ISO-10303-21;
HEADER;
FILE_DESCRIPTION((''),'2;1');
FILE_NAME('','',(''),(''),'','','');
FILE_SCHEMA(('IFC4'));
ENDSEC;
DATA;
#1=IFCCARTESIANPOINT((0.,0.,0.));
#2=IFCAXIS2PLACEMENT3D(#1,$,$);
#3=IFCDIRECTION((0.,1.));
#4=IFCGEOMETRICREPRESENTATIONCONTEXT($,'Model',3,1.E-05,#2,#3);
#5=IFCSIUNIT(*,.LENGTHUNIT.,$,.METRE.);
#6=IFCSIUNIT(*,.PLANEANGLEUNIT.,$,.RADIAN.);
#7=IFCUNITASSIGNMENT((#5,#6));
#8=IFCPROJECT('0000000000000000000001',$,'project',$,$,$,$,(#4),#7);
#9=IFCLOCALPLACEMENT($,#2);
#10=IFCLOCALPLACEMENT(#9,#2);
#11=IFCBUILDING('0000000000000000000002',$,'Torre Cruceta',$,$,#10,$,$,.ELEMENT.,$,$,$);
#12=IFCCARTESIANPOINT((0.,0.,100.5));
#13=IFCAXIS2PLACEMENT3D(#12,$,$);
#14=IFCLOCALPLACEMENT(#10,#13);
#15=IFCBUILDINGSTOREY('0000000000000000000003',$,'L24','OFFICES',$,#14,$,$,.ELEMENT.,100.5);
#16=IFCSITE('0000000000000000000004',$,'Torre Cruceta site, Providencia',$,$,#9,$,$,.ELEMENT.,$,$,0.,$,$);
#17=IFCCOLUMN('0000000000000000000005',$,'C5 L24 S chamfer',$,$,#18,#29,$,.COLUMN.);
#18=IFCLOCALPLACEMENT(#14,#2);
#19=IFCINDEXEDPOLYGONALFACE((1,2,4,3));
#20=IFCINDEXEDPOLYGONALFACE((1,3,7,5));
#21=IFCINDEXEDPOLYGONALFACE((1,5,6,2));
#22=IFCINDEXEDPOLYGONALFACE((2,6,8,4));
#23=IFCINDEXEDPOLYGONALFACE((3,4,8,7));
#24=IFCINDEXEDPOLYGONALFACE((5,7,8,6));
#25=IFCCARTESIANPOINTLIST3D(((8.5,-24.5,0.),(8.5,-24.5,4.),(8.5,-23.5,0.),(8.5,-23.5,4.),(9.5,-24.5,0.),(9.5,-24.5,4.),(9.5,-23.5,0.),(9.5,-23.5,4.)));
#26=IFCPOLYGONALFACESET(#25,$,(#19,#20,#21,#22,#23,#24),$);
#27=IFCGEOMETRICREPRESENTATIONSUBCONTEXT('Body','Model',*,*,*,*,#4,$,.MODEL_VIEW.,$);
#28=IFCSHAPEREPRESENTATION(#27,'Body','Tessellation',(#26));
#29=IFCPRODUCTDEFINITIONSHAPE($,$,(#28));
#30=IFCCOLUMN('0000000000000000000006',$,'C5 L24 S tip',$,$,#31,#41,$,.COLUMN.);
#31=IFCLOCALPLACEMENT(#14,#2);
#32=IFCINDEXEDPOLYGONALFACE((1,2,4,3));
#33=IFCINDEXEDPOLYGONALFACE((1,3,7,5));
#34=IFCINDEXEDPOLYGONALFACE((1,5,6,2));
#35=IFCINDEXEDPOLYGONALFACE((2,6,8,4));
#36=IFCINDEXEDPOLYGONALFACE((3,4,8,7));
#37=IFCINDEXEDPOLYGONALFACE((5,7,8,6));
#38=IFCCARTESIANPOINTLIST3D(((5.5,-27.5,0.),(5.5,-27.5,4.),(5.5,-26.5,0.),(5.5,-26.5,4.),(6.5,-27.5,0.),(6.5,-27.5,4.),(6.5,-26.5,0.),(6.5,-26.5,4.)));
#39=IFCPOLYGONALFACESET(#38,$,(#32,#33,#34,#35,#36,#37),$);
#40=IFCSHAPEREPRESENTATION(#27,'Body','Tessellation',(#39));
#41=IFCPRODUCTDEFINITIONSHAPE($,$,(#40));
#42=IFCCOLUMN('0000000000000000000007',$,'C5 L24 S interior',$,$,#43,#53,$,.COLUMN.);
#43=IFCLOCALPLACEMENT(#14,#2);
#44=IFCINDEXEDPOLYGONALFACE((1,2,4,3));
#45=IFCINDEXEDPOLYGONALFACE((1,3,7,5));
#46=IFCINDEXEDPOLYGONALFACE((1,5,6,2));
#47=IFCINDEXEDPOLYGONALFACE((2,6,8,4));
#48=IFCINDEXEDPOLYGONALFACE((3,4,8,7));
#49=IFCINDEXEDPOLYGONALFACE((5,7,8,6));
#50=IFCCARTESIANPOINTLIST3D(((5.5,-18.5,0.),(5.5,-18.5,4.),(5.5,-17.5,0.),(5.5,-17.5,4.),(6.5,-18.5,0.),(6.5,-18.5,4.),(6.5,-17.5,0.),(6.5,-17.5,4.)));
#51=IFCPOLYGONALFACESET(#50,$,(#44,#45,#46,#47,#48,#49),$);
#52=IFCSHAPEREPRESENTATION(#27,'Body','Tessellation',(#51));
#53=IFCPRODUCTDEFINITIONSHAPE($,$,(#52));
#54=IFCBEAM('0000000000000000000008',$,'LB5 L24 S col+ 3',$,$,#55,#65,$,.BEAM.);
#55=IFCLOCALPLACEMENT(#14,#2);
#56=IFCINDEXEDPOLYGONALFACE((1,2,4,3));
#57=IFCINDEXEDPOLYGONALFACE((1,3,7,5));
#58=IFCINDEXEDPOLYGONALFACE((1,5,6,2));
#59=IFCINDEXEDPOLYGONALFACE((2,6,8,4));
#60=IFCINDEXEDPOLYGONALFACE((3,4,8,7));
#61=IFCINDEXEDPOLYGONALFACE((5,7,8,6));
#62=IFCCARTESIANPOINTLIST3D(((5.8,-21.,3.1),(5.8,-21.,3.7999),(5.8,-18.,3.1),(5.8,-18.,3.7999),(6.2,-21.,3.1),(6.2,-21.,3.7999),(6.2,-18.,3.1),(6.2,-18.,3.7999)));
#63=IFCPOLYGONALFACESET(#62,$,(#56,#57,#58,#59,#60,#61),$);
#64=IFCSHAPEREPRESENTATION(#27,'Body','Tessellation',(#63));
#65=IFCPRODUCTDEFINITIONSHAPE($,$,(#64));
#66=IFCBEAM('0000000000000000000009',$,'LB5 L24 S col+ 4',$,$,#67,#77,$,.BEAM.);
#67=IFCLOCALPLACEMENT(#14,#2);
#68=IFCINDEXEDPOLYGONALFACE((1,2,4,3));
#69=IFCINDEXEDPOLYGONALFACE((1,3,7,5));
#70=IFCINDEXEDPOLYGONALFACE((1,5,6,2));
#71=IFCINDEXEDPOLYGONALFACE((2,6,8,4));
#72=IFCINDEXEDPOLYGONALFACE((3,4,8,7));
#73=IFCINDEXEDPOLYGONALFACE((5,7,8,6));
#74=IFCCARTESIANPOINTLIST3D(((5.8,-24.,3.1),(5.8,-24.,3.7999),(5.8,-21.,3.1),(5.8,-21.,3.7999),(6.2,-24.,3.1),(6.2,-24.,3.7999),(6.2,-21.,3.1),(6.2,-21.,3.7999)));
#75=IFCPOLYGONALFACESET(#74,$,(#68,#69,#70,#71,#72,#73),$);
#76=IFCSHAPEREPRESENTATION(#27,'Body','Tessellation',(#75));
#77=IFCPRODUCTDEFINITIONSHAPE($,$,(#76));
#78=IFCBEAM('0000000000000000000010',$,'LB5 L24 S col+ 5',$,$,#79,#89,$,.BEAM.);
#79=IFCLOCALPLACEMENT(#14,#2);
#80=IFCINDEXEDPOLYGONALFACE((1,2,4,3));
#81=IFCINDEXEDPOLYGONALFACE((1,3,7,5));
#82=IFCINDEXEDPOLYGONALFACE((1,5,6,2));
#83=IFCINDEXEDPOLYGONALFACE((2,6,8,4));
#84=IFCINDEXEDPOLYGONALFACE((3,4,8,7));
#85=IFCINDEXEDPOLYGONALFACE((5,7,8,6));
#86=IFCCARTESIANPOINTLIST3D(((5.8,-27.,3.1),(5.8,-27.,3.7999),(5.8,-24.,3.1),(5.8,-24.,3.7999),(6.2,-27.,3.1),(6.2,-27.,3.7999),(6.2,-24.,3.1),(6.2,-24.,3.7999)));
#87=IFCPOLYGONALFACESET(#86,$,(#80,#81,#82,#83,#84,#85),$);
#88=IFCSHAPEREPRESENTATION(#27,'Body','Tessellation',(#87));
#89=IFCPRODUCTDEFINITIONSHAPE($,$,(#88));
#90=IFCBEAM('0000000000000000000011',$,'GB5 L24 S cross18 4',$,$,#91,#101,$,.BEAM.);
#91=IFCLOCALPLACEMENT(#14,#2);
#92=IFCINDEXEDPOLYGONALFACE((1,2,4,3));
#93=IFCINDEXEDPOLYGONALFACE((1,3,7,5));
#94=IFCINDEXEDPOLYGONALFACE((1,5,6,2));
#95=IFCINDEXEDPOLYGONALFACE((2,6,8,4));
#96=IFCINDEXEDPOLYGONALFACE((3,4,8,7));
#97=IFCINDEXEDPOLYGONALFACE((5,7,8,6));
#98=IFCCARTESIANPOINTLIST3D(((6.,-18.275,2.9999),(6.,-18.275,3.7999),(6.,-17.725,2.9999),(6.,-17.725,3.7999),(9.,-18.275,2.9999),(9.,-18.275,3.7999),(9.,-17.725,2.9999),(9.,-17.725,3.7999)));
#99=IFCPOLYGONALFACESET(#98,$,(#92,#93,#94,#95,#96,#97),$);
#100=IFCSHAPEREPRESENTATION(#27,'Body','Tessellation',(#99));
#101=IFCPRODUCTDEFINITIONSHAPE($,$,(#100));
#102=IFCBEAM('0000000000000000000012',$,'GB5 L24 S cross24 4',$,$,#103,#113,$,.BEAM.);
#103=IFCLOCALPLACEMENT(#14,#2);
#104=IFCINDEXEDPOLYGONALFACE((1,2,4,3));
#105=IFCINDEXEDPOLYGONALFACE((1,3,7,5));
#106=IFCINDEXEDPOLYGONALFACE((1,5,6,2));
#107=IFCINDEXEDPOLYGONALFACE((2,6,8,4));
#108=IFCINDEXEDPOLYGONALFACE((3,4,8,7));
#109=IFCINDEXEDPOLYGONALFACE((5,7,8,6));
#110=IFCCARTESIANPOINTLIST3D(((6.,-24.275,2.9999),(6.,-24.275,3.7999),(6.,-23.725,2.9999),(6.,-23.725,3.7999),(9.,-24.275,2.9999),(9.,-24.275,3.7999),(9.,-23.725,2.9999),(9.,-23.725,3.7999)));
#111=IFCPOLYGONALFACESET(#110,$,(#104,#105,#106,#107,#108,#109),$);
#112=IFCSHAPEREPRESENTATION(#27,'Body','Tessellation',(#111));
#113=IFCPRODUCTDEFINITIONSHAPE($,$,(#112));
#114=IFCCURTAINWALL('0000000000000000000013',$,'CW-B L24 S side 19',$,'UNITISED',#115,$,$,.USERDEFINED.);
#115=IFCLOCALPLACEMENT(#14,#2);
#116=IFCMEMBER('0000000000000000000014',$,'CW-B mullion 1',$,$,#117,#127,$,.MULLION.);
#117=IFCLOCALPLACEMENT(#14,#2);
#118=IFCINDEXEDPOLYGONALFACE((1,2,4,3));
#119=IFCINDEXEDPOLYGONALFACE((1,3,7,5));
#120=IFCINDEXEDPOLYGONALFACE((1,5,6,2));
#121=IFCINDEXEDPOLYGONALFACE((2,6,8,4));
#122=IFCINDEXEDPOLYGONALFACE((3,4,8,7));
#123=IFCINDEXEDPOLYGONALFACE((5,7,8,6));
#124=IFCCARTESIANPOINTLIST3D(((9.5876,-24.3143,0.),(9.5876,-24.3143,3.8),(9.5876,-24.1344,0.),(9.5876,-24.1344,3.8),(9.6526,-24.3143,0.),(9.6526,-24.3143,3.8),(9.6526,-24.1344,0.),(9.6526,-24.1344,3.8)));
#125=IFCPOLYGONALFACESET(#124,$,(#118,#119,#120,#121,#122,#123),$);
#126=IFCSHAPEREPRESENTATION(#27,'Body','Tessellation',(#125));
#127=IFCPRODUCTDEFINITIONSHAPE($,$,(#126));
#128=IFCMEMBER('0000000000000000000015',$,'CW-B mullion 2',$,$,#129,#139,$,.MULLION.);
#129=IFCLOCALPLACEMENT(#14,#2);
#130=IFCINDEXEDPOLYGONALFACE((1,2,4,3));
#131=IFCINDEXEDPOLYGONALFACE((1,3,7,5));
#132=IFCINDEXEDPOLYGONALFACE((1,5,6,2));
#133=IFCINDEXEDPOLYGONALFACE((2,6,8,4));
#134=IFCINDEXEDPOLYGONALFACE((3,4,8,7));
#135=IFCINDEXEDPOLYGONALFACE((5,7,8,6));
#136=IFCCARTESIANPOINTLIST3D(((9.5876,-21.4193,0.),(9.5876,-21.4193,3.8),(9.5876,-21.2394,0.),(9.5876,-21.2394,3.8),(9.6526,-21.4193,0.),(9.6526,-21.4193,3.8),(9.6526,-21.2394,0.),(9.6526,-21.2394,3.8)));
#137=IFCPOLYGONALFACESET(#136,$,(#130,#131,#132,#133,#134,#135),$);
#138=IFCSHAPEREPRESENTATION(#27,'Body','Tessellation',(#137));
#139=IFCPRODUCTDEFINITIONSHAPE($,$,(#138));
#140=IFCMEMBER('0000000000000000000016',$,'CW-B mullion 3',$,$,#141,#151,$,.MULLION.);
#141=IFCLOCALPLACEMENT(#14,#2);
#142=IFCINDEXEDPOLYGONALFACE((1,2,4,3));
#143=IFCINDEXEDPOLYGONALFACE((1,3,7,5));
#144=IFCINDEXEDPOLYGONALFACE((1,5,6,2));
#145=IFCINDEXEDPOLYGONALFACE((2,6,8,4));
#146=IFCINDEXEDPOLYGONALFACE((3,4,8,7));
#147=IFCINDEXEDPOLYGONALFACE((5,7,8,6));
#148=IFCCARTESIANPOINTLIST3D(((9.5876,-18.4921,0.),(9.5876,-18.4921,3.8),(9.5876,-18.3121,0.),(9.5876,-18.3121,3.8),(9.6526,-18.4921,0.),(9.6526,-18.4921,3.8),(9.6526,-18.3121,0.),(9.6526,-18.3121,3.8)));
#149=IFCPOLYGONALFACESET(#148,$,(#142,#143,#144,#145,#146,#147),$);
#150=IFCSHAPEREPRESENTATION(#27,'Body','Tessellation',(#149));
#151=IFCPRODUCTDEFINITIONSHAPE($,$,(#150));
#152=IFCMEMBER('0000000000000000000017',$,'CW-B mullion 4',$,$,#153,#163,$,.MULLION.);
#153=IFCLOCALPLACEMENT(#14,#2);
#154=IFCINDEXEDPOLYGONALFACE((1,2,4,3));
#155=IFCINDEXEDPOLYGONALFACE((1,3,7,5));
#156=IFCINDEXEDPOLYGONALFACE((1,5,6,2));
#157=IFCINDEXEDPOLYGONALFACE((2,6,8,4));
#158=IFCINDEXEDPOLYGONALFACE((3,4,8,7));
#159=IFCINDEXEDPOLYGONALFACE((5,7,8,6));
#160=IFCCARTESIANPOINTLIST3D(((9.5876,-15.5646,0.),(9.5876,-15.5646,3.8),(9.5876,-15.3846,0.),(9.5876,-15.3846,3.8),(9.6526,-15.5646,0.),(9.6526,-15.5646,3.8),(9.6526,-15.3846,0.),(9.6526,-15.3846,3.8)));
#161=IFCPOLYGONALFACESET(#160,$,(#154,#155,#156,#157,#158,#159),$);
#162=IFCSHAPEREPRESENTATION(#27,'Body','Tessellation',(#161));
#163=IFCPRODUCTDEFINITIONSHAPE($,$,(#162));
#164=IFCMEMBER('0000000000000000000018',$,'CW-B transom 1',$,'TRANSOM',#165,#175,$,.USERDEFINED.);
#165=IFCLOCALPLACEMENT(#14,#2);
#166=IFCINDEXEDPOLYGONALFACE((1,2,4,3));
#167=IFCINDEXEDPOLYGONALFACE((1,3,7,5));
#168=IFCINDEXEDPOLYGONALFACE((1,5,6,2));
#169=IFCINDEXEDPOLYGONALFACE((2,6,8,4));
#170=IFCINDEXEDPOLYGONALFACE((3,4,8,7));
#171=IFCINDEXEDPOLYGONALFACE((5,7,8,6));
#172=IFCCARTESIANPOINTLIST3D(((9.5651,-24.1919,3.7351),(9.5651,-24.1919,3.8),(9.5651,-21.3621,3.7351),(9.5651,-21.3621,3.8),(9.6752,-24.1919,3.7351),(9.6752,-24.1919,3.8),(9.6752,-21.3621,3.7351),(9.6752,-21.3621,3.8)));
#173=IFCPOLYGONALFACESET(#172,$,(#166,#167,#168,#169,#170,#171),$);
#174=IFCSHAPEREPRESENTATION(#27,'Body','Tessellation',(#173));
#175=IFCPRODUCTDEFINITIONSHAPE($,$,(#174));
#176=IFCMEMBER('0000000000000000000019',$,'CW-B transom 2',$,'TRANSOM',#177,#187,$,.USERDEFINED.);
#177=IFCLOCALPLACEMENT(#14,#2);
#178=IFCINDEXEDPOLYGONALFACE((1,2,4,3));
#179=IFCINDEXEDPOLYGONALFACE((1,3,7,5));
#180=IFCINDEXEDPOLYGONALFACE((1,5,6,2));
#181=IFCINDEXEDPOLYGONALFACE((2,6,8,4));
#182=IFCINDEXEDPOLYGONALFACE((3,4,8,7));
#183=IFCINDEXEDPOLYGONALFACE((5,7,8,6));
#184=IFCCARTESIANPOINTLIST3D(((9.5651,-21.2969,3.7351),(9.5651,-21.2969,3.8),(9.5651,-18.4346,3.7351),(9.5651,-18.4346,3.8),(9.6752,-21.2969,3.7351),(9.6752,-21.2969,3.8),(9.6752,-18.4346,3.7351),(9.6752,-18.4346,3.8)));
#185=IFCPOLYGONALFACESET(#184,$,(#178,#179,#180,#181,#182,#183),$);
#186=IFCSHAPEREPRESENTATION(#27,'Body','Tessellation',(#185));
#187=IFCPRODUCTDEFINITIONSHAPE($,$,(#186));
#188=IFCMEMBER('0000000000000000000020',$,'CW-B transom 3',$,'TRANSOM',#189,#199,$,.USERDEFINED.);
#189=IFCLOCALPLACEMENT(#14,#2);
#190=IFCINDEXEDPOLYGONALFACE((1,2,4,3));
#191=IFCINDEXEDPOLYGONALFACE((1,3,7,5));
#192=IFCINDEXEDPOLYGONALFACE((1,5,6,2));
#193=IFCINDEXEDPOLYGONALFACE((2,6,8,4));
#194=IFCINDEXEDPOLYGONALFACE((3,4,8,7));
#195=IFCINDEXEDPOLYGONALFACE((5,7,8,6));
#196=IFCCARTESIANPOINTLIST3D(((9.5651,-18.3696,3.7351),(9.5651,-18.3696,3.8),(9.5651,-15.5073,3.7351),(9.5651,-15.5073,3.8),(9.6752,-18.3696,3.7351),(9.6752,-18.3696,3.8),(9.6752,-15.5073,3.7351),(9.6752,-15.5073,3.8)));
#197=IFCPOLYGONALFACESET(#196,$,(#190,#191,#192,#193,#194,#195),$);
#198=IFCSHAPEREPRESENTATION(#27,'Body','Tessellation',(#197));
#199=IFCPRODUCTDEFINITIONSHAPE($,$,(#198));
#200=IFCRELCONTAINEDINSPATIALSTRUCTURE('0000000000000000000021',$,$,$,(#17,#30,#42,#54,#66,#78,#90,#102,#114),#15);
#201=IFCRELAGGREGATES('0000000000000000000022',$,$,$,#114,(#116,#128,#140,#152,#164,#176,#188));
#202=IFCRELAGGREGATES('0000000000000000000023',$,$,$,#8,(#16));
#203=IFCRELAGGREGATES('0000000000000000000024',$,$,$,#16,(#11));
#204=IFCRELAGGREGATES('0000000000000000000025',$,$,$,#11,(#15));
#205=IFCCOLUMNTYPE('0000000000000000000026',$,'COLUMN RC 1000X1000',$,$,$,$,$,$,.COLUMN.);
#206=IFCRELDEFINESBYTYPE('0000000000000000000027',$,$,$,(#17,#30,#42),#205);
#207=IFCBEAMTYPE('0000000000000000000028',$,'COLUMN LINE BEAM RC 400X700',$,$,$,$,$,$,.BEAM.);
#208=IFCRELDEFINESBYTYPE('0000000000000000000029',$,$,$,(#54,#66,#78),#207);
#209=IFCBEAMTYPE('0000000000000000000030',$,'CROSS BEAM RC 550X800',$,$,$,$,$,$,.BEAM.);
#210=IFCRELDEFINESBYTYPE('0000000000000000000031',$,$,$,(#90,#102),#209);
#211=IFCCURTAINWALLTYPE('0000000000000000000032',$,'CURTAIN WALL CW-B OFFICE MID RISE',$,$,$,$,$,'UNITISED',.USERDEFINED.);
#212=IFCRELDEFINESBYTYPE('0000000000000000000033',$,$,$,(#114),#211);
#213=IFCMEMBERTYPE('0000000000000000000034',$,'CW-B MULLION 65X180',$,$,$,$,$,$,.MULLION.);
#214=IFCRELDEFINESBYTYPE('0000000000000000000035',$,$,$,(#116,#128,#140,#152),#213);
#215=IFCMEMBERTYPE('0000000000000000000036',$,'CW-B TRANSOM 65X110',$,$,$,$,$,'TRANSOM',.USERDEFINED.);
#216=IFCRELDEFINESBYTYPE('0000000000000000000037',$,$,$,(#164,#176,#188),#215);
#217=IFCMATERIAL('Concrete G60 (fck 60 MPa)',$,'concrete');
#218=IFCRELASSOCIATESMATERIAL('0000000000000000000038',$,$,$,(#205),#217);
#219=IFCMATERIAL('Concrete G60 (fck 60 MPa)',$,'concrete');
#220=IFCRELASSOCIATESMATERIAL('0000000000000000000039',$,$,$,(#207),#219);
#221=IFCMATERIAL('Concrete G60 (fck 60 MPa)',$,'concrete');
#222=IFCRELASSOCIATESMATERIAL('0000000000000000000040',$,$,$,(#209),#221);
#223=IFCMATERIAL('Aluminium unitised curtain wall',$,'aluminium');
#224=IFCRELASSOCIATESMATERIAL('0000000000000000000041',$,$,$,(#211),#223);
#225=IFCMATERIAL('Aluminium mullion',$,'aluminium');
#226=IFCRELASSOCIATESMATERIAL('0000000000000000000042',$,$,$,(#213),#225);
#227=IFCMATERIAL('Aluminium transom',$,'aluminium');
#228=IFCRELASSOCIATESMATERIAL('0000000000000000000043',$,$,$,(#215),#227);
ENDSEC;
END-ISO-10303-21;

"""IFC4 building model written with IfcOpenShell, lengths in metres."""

from ifc_helpers import new_model, si_unit, direction, frame, origin, origin_2d, place, context, subcontext, project, spatial, rectangle, extrude, material, material_profile, profile_set, type_object, element, aggregate, save


model = new_model("IFC4")

# Units and contexts
model_context = context("Model", 3, precision=1e-05, world=origin(), true_north=direction((0.0, 1.0)))
body_context = subcontext(model_context, "Body", "Model", "MODEL_VIEW")
ifc_project = project(units=[si_unit("LENGTHUNIT", "METRE"), si_unit("PLANEANGLEUNIT", "RADIAN")], contexts=[model_context])

# Site, building, storey
site_placement = place(None, origin())
site = spatial("IfcSite", under=ifc_project, at=site_placement, Name="Torre Cruceta site, Providencia", CompositionType="ELEMENT", RefElevation=0.0)
building_placement = place(site_placement, origin())
building = spatial("IfcBuilding", under=site, at=building_placement, Name="Torre Cruceta", CompositionType="ELEMENT")
storey_placement = place(building_placement, frame((0.0, 0.0, 100.5)))
storey = spatial("IfcBuildingStorey", under=building, at=storey_placement, Name="L24", Description="OFFICES", CompositionType="ELEMENT", Elevation=100.5)

# Columns
ifc_material_1 = material(Name="Concrete G60 (fck 60 MPa)", Category="concrete")
ifc_material_profile_1 = material_profile(ifc_material_1, rectangle(XDim=1.0, YDim=1.0, at=origin_2d()), Name="RC 1000X1000")
ifc_profile_set_1 = profile_set([ifc_material_profile_1], Name="Concrete G60 (fck 60 MPa)")
column_type = type_object("IfcColumnType", Name="COLUMN RC 1000X1000", PredefinedType="COLUMN", material=ifc_profile_set_1)
for number, where, z_axis, x_axis, name in (
    (1, (9.0, -24.0, 0.0), (0.0, 0.0, 1.0), (1.0, 0.0, 0.0), "C5 L24 S chamfer"),
    (2, (6.0, -27.0, 0.0), (0.0, 0.0, 1.0), (1.0, 0.0, 0.0), "C5 L24 S tip"),
    (3, (6.0, -18.0, 0.0), (0.0, 0.0, 1.0), (1.0, 0.0, 0.0), "C5 L24 S interior"),
):
    element("IfcColumn", number, at=place(storey_placement, frame(where, z_axis=z_axis, x_axis=x_axis)), inside=storey, type_object=column_type, Name=name, PredefinedType="COLUMN", context=body_context, shape_type="SweptSolid", body=[
        extrude(rectangle(XDim=1.0, YDim=1.0, at=origin_2d()), origin(), (0.0, 0.0, 1.0), 4.0),
    ])

# Beams
ifc_material_2 = material(Name="Concrete G60 (fck 60 MPa)", Category="concrete")
ifc_material_profile_2 = material_profile(ifc_material_2, rectangle(XDim=0.3999, YDim=0.7, at=origin_2d()), Name="RC 400X700")
ifc_profile_set_2 = profile_set([ifc_material_profile_2], Name="Concrete G60 (fck 60 MPa)")
beam_type_1 = type_object("IfcBeamType", Name="COLUMN LINE BEAM RC 400X700", PredefinedType="BEAM", material=ifc_profile_set_2)
for number, where, z_axis, x_axis, name in (
    (4, (6.0, -18.0, 3.45), (0.0, -1.0, 0.0), (1.0, 0.0, 0.0), "LB5 L24 S col+ 3"),
    (5, (6.0, -21.0, 3.45), (0.0, -1.0, 0.0), (1.0, 0.0, 0.0), "LB5 L24 S col+ 4"),
    (6, (6.0, -24.0, 3.45), (0.0, -1.0, 0.0), (1.0, 0.0, 0.0), "LB5 L24 S col+ 5"),
):
    element("IfcBeam", number, at=place(storey_placement, frame(where, z_axis=z_axis, x_axis=x_axis)), inside=storey, type_object=beam_type_1, Name=name, PredefinedType="BEAM", context=body_context, shape_type="SweptSolid", body=[
        extrude(rectangle(XDim=0.3999, YDim=0.7, at=origin_2d()), origin(), (0.0, 0.0, 1.0), 3.0),
    ])
ifc_material_3 = material(Name="Concrete G60 (fck 60 MPa)", Category="concrete")
ifc_material_profile_3 = material_profile(ifc_material_3, rectangle(XDim=0.55, YDim=0.8, at=origin_2d()), Name="RC 550X800")
ifc_profile_set_3 = profile_set([ifc_material_profile_3], Name="Concrete G60 (fck 60 MPa)")
beam_type_2 = type_object("IfcBeamType", Name="CROSS BEAM RC 550X800", PredefinedType="BEAM", material=ifc_profile_set_3)
for number, where, z_axis, x_axis, name in (
    (7, (6.0, -18.0, 3.3999), (1.0, 0.0, 0.0), (0.0, 1.0, 0.0), "GB5 L24 S cross18 4"),
    (8, (6.0, -24.0, 3.3999), (1.0, 0.0, 0.0), (0.0, 1.0, 0.0), "GB5 L24 S cross24 4"),
):
    element("IfcBeam", number, at=place(storey_placement, frame(where, z_axis=z_axis, x_axis=x_axis)), inside=storey, type_object=beam_type_2, Name=name, PredefinedType="BEAM", context=body_context, shape_type="SweptSolid", body=[
        extrude(rectangle(XDim=0.55, YDim=0.8, at=origin_2d()), origin(), (0.0, 0.0, 1.0), 3.0),
    ])

# Curtain wall, members
ifc_material_4 = material(Name="Aluminium unitised curtain wall", Category="aluminium")
curtain_wall_type = type_object("IfcCurtainWallType", Name="CURTAIN WALL CW-B OFFICE MID RISE", ElementType="UNITISED", PredefinedType="USERDEFINED", material=ifc_material_4)
curtain_wall_placement = place(storey_placement, origin())
curtain_wall = element("IfcCurtainWall", 9, at=curtain_wall_placement, inside=storey, type_object=curtain_wall_type, Name="CW-B L24 S side 19", ObjectType="UNITISED", PredefinedType="USERDEFINED")
ifc_material_5 = material(Name="Aluminium mullion", Category="aluminium")
ifc_material_profile_4 = material_profile(ifc_material_5, rectangle(XDim=0.0649, YDim=0.1799, at=origin_2d()), Name="AL 65X180")
ifc_profile_set_4 = profile_set([ifc_material_profile_4], Name="Aluminium mullion")
member_type_1 = type_object("IfcMemberType", Name="CW-B MULLION 65X180", PredefinedType="MULLION", material=ifc_profile_set_4)
member_1_placement = place(storey_placement, frame((9.6201, -24.2244, 0.0), z_axis=(0.0, 0.0, 1.0), x_axis=(-1.0, 0.0, 0.0)))
member_1 = element("IfcMember", 10, at=member_1_placement, type_object=member_type_1, Name="CW-B mullion 1", PredefinedType="MULLION", context=body_context, shape_type="SweptSolid", body=[
    extrude(rectangle(XDim=0.0649, YDim=0.1799, at=origin_2d()), origin(), (0.0, 0.0, 1.0), 3.8),
])
member_2_placement = place(storey_placement, frame((9.6201, -21.3293, 0.0), z_axis=(0.0, 0.0, 1.0), x_axis=(-1.0, 0.0, 0.0)))
member_2 = element("IfcMember", 11, at=member_2_placement, type_object=member_type_1, Name="CW-B mullion 2", PredefinedType="MULLION", context=body_context, shape_type="SweptSolid", body=[
    extrude(rectangle(XDim=0.0649, YDim=0.1799, at=origin_2d()), origin(), (0.0, 0.0, 1.0), 3.8),
])
member_3_placement = place(storey_placement, frame((9.6201, -18.4021, 0.0), z_axis=(0.0, 0.0, 1.0), x_axis=(-1.0, 0.0, 0.0)))
member_3 = element("IfcMember", 12, at=member_3_placement, type_object=member_type_1, Name="CW-B mullion 3", PredefinedType="MULLION", context=body_context, shape_type="SweptSolid", body=[
    extrude(rectangle(XDim=0.0649, YDim=0.1799, at=origin_2d()), origin(), (0.0, 0.0, 1.0), 3.8),
])
member_4_placement = place(storey_placement, frame((9.6201, -15.4746, 0.0), z_axis=(0.0, 0.0, 1.0), x_axis=(-1.0, 0.0, 0.0)))
member_4 = element("IfcMember", 13, at=member_4_placement, type_object=member_type_1, Name="CW-B mullion 4", PredefinedType="MULLION", context=body_context, shape_type="SweptSolid", body=[
    extrude(rectangle(XDim=0.0649, YDim=0.1799, at=origin_2d()), origin(), (0.0, 0.0, 1.0), 3.8),
])
ifc_material_6 = material(Name="Aluminium transom", Category="aluminium")
ifc_material_profile_5 = material_profile(ifc_material_6, rectangle(XDim=0.1101, YDim=0.0649, at=origin_2d()), Name="AL 110X65")
ifc_profile_set_5 = profile_set([ifc_material_profile_5], Name="Aluminium transom")
member_type_2 = type_object("IfcMemberType", Name="CW-B TRANSOM 65X110", ElementType="TRANSOM", PredefinedType="USERDEFINED", material=ifc_profile_set_5)
member_5_placement = place(storey_placement, frame((9.6201, -24.1919, 3.7676), z_axis=(0.0, 1.0, 0.0), x_axis=(-1.0, 0.0, 0.0)))
member_5 = element("IfcMember", 14, at=member_5_placement, type_object=member_type_2, Name="CW-B transom 1", ObjectType="TRANSOM", PredefinedType="USERDEFINED", context=body_context, shape_type="SweptSolid", body=[
    extrude(rectangle(XDim=0.1101, YDim=0.0649, at=origin_2d()), origin(), (0.0, 0.0, 1.0), 2.8298),
])
member_6_placement = place(storey_placement, frame((9.6201, -21.2969, 3.7676), z_axis=(0.0, 1.0, 0.0), x_axis=(-1.0, 0.0, 0.0)))
member_6 = element("IfcMember", 15, at=member_6_placement, type_object=member_type_2, Name="CW-B transom 2", ObjectType="TRANSOM", PredefinedType="USERDEFINED", context=body_context, shape_type="SweptSolid", body=[
    extrude(rectangle(XDim=0.1101, YDim=0.0649, at=origin_2d()), origin(), (0.0, 0.0, 1.0), 2.8623),
])
member_7_placement = place(storey_placement, frame((9.6201, -18.3696, 3.7676), z_axis=(0.0, 1.0, 0.0), x_axis=(-1.0, 0.0, 0.0)))
member_7 = element("IfcMember", 16, at=member_7_placement, type_object=member_type_2, Name="CW-B transom 3", ObjectType="TRANSOM", PredefinedType="USERDEFINED", context=body_context, shape_type="SweptSolid", body=[
    extrude(rectangle(XDim=0.1101, YDim=0.0649, at=origin_2d()), origin(), (0.0, 0.0, 1.0), 2.8623),
])

aggregate(curtain_wall, [member_1, member_2, member_3, member_4, member_5, member_6, member_7])

save(model, "model.ifc")
